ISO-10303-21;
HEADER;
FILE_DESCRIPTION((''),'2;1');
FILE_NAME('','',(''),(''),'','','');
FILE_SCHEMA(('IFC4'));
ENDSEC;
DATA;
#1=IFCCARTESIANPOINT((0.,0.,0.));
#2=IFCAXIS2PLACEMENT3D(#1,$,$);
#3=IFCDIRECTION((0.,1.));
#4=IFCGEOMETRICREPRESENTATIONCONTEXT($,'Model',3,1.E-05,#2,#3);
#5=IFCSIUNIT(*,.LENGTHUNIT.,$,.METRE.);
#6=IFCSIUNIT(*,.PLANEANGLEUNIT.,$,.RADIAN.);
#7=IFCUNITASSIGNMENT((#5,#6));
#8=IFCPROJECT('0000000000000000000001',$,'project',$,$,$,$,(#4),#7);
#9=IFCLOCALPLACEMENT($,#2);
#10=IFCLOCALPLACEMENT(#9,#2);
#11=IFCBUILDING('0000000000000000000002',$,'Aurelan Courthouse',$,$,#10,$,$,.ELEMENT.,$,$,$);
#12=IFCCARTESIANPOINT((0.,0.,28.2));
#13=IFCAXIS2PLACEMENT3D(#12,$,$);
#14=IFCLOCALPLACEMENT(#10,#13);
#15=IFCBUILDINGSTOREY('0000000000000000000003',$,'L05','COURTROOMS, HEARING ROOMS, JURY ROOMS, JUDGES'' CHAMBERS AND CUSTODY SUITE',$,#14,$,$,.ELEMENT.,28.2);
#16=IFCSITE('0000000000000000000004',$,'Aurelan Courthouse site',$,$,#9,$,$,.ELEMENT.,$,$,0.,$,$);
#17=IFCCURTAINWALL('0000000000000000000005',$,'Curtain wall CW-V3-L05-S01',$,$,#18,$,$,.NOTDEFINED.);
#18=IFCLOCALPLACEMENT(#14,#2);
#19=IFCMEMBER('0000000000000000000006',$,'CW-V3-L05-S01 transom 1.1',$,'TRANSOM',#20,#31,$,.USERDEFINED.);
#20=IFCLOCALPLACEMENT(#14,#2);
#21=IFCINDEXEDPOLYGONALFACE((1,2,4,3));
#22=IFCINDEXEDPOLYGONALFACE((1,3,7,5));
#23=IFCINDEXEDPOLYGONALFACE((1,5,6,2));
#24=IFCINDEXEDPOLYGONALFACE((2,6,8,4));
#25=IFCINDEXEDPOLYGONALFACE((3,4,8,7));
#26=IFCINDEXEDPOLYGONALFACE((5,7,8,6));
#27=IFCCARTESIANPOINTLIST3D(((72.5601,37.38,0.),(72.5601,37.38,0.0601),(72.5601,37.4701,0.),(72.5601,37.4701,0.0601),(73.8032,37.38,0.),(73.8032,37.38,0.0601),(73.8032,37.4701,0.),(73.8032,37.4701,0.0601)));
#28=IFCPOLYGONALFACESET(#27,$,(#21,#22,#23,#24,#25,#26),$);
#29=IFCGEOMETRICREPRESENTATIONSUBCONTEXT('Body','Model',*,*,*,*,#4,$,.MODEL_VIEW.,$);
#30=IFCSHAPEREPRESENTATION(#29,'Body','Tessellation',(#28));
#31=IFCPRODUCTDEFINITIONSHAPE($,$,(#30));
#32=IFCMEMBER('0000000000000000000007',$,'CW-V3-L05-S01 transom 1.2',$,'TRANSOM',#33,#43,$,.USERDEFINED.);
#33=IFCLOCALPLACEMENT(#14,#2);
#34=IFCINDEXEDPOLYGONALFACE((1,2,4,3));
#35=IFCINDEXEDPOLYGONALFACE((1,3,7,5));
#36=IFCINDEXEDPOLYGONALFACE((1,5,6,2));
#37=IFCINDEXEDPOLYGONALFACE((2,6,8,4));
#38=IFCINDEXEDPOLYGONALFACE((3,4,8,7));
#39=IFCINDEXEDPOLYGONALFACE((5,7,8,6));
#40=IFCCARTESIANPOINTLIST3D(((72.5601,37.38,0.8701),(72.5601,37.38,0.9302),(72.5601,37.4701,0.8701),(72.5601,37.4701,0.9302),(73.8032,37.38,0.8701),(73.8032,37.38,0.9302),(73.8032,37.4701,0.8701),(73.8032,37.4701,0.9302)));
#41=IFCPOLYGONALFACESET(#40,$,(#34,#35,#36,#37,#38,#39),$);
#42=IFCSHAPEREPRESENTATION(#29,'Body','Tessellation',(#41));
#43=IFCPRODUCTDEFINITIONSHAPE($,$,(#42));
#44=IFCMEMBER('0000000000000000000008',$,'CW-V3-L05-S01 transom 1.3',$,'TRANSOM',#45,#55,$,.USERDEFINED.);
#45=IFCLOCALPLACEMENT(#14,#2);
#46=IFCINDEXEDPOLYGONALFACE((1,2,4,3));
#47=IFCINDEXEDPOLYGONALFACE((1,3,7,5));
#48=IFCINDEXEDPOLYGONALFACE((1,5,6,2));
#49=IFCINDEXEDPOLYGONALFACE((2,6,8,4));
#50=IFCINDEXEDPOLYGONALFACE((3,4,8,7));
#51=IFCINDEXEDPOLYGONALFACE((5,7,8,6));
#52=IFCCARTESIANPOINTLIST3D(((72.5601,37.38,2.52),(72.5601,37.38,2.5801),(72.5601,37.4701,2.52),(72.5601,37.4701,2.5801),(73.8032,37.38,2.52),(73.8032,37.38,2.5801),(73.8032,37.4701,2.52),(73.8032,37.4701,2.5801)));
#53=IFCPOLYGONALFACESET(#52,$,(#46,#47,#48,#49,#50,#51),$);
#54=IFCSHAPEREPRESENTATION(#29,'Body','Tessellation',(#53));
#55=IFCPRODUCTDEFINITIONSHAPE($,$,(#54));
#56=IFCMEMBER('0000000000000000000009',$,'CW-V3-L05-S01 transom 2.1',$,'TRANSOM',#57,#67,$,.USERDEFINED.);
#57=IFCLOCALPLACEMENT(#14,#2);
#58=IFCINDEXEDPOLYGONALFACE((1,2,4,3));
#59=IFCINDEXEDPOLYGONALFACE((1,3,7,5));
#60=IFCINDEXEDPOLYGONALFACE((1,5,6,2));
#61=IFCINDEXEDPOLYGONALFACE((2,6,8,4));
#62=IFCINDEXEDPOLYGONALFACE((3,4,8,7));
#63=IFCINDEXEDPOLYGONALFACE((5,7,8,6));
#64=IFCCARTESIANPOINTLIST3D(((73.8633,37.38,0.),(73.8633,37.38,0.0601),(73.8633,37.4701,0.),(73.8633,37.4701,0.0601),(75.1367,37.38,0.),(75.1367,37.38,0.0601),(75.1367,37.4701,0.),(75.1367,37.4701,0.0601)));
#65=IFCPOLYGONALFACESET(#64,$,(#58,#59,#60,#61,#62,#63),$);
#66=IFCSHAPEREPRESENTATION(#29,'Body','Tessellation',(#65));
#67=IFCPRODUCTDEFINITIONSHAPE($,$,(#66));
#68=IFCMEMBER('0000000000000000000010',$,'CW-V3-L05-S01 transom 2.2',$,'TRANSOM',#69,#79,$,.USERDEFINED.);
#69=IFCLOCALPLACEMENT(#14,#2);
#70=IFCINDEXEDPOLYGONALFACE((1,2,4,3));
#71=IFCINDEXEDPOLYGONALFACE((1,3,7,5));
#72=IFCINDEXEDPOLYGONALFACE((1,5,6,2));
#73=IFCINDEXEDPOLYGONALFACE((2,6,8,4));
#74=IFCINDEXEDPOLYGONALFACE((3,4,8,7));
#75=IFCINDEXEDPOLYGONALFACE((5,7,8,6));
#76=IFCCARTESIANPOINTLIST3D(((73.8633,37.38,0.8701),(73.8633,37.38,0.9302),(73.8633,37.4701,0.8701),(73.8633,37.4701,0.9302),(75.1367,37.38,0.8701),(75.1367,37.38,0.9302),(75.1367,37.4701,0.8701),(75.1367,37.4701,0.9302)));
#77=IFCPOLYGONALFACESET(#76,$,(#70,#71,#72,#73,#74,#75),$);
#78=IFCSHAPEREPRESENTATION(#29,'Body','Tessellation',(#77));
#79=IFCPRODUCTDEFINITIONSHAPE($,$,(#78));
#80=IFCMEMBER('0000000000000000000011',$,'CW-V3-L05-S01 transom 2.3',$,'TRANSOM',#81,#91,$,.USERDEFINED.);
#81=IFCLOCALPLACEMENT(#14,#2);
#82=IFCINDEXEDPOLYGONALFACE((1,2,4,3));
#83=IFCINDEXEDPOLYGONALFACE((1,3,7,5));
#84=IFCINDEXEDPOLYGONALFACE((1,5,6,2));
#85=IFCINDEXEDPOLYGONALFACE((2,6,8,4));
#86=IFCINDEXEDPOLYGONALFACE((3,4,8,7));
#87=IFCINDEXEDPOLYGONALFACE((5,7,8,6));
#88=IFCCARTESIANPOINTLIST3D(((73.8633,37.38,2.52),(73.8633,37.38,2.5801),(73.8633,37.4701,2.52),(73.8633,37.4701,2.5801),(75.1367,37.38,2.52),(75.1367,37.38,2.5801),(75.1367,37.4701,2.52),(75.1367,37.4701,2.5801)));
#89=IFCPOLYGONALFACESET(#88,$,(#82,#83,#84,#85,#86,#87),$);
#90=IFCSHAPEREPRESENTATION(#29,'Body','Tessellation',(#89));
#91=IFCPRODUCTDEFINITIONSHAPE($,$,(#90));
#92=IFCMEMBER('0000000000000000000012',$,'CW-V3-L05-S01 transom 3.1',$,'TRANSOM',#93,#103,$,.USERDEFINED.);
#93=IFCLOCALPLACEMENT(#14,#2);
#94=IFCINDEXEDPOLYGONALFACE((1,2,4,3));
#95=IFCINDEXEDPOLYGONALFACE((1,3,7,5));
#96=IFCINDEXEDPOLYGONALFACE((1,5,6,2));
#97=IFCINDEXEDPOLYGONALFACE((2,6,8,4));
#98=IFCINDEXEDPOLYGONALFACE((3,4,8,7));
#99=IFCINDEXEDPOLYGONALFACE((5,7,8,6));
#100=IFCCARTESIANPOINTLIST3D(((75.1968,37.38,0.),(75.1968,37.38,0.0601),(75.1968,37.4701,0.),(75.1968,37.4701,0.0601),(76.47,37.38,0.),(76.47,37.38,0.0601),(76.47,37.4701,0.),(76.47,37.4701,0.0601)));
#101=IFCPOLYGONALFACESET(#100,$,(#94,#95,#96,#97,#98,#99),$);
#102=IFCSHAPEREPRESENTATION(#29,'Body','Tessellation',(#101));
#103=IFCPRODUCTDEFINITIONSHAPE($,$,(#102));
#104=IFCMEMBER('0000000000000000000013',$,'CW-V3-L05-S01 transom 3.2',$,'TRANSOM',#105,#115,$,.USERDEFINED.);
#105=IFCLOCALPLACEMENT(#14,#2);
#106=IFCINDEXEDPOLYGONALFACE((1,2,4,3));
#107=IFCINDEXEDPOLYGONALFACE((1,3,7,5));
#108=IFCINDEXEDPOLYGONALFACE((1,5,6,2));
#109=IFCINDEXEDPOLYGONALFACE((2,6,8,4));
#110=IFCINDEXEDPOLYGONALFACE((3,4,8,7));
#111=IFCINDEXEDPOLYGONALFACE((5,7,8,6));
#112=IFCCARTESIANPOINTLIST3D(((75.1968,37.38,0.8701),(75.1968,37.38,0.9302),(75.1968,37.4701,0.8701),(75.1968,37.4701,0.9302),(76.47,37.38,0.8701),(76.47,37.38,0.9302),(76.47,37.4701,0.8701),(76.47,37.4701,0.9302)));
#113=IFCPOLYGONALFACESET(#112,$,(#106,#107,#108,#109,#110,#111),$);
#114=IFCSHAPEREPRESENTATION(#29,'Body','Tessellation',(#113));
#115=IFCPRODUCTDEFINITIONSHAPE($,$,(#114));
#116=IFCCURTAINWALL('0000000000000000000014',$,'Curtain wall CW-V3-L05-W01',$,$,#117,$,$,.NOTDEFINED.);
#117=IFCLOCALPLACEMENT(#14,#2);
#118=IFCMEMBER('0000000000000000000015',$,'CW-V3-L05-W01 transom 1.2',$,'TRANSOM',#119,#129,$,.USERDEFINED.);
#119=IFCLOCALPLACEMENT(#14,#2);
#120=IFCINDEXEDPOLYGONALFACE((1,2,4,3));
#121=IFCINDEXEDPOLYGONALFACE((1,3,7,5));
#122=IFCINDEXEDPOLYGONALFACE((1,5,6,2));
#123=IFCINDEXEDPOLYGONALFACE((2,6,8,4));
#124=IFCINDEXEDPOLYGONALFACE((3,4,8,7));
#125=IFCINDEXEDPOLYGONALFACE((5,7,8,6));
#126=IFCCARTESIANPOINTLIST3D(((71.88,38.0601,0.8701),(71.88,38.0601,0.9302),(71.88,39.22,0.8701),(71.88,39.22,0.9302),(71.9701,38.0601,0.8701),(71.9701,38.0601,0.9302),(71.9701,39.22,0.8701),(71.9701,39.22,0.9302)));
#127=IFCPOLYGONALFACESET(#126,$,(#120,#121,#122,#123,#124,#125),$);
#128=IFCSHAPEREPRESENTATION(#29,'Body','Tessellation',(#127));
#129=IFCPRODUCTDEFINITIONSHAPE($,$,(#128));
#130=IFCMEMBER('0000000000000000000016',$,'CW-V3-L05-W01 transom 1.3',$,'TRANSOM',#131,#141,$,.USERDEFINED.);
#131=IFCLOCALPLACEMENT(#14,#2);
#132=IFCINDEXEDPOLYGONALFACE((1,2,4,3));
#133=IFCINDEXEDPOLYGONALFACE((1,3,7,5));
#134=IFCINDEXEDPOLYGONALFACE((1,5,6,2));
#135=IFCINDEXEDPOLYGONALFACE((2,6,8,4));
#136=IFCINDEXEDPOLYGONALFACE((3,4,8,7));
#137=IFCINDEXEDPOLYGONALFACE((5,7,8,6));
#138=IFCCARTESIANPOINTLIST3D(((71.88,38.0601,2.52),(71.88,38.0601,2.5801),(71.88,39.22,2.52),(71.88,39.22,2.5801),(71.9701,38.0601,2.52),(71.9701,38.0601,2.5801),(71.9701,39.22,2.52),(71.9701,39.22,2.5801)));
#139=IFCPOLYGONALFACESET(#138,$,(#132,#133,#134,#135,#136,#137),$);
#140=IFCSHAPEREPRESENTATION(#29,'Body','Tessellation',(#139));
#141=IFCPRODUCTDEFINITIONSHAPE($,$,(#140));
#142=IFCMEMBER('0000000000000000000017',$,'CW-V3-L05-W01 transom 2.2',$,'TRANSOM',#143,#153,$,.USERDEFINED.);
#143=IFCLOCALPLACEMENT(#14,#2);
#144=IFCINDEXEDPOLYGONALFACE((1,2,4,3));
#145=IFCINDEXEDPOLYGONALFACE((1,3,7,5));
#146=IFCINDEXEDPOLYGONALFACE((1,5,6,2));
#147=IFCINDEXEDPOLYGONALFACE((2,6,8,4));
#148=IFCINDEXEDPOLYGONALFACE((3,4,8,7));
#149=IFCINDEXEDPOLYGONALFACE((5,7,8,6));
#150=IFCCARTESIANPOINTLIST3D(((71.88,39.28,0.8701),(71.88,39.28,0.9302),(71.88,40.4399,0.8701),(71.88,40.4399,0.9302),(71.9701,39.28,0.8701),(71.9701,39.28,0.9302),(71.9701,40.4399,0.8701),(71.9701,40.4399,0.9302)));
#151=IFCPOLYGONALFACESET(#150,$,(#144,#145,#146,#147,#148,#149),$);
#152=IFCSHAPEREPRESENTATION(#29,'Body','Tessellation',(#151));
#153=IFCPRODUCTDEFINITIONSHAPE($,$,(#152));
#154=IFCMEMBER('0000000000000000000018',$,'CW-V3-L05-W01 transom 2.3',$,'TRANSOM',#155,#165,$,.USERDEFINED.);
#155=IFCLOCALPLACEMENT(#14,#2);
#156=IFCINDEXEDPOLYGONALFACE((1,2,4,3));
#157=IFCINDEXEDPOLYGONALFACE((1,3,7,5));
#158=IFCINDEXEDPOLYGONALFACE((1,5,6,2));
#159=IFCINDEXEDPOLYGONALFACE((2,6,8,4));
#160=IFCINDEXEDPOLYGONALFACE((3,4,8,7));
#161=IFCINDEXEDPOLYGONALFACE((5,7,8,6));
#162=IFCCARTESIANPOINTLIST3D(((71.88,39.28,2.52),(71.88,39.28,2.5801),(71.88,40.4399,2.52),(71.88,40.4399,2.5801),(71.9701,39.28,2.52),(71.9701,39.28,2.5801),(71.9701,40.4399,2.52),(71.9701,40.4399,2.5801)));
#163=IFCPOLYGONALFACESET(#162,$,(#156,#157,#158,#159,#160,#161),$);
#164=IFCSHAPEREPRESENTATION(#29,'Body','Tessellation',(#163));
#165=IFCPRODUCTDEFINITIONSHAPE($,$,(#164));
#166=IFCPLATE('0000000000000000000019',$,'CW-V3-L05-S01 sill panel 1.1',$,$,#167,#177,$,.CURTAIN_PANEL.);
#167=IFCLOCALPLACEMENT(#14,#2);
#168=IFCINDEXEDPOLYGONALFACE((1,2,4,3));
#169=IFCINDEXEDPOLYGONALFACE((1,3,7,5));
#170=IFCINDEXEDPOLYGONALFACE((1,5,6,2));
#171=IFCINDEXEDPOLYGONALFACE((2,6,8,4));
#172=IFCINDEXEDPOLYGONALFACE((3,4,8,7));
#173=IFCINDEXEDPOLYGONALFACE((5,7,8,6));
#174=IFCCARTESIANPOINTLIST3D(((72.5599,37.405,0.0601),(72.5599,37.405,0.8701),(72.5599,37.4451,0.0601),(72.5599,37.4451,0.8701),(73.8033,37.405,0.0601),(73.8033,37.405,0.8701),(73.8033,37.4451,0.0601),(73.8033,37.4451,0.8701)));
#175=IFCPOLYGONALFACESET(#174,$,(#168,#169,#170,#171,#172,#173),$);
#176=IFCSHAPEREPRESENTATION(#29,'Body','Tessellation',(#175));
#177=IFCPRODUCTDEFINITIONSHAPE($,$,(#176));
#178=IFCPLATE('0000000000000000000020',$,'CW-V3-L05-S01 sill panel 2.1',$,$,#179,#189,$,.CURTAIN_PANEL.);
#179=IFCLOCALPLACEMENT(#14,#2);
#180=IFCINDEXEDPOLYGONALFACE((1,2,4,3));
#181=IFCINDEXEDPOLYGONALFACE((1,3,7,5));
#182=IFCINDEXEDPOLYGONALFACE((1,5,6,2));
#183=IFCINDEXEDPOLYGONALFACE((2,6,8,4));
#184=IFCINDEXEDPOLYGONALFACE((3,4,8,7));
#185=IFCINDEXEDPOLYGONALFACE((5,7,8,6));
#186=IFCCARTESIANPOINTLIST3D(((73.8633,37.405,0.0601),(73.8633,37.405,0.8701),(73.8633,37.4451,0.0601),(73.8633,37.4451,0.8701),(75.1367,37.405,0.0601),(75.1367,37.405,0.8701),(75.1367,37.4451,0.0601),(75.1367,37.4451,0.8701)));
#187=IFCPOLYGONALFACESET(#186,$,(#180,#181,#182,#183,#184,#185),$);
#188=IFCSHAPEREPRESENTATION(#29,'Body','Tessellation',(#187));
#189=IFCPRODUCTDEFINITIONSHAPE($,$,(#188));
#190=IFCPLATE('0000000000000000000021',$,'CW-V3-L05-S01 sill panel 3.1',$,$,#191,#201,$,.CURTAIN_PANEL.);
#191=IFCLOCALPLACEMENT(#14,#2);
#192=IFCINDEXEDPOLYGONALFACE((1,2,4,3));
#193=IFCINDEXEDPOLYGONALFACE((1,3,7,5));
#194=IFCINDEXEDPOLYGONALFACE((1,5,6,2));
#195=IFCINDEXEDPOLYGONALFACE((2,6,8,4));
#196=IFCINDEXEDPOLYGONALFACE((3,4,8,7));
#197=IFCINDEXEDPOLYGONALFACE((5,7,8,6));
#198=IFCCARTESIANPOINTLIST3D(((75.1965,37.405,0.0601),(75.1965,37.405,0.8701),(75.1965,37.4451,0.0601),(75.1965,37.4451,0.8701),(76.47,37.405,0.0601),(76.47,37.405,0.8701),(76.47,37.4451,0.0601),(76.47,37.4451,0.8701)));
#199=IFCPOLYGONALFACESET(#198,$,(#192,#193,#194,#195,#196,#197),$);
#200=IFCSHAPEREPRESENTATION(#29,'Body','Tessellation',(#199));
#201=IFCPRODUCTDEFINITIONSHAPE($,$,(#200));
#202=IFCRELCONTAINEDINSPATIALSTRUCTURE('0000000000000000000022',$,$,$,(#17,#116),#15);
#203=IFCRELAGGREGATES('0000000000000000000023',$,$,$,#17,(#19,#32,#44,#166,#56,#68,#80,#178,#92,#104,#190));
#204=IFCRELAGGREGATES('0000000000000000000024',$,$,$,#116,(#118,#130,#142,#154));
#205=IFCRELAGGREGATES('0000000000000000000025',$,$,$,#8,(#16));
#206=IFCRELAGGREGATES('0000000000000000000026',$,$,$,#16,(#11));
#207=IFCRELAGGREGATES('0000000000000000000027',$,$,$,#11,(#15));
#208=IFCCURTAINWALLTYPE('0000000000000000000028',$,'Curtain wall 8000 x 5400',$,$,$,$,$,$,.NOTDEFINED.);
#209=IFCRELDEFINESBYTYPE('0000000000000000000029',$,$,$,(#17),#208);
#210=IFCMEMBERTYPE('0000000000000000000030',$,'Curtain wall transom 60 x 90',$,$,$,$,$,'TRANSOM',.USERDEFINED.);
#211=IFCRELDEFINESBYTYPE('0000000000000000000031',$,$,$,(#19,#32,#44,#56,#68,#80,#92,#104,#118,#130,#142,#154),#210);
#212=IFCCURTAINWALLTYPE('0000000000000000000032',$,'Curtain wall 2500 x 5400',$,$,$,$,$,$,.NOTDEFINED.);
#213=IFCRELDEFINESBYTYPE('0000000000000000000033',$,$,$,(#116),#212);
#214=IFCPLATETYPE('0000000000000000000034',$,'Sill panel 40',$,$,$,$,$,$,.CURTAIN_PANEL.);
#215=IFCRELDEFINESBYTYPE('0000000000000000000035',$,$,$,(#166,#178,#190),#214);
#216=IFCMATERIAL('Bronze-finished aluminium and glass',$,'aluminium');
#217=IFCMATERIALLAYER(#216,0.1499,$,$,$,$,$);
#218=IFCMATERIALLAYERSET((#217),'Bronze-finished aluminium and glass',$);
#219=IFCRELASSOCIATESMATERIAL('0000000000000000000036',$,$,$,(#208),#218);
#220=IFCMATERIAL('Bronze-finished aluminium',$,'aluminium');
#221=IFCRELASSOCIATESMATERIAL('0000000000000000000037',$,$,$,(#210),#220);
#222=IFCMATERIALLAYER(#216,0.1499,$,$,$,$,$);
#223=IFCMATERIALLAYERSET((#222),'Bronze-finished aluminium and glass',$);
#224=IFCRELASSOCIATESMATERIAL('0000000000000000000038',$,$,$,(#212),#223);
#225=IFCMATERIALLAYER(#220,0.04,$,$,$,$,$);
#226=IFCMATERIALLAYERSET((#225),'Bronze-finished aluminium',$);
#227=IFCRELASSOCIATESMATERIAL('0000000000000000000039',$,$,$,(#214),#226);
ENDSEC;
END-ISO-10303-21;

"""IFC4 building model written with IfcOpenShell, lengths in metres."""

from ifc_helpers import new_model, si_unit, direction, frame, origin, origin_2d, place, context, subcontext, project, spatial, rectangle, extrude, material, layer, layer_set, material_profile, profile_set, type_object, element, aggregate, save


model = new_model("IFC4")

# Units and contexts
model_context = context("Model", 3, precision=1e-05, world=origin(), true_north=direction((0.0, 1.0)))
body_context = subcontext(model_context, "Body", "Model", "MODEL_VIEW")
ifc_project = project(units=[si_unit("LENGTHUNIT", "METRE"), si_unit("PLANEANGLEUNIT", "RADIAN")], contexts=[model_context])

# Site, building, storey
site_placement = place(None, origin())
site = spatial("IfcSite", under=ifc_project, at=site_placement, Name="Aurelan Courthouse site", CompositionType="ELEMENT", RefElevation=0.0)
building_placement = place(site_placement, origin())
building = spatial("IfcBuilding", under=site, at=building_placement, Name="Aurelan Courthouse", CompositionType="ELEMENT")
storey_placement = place(building_placement, frame((0.0, 0.0, 28.2)))
storey = spatial("IfcBuildingStorey", under=building, at=storey_placement, Name="L05", Description="COURTROOMS, HEARING ROOMS, JURY ROOMS, JUDGES' CHAMBERS AND CUSTODY SUITE", CompositionType="ELEMENT", Elevation=28.2)

# Curtain walls, members
ifc_material_1 = material(Name="Bronze-finished aluminium and glass", Category="aluminium")
ifc_layer_1 = layer(ifc_material_1, 0.1499)
ifc_layer_set_1 = layer_set([ifc_layer_1], Name="Bronze-finished aluminium and glass")
curtain_wall_type_1 = type_object("IfcCurtainWallType", Name="Curtain wall 8000 x 5400", PredefinedType="NOTDEFINED", material=ifc_layer_set_1)
curtain_wall_1_placement = place(storey_placement, origin())
curtain_wall_1 = element("IfcCurtainWall", 1, at=curtain_wall_1_placement, inside=storey, type_object=curtain_wall_type_1, Name="Curtain wall CW-V3-L05-S01", PredefinedType="NOTDEFINED")
ifc_material_2 = material(Name="Bronze-finished aluminium", Category="aluminium")
ifc_material_profile = material_profile(ifc_material_2, rectangle(XDim=0.0901, YDim=0.0601, at=origin_2d()), Name="Bronze transom 60 x 90")
ifc_profile_set = profile_set([ifc_material_profile], Name="Bronze-finished aluminium")
member_type = type_object("IfcMemberType", Name="Curtain wall transom 60 x 90", ElementType="TRANSOM", PredefinedType="USERDEFINED", material=ifc_profile_set)
member_1_placement = place(storey_placement, frame((72.5601, 37.425, 0.03), z_axis=(1.0, 0.0, 0.0), x_axis=(0.0, 1.0, 0.0)))
member_1 = element("IfcMember", 2, at=member_1_placement, type_object=member_type, Name="CW-V3-L05-S01 transom 1.1", ObjectType="TRANSOM", PredefinedType="USERDEFINED", context=body_context, shape_type="SweptSolid", body=[
    extrude(rectangle(XDim=0.0901, YDim=0.0601, at=origin_2d()), origin(), (0.0, 0.0, 1.0), 1.2432),
])
member_2_placement = place(storey_placement, frame((72.5601, 37.425, 0.9001), z_axis=(1.0, 0.0, 0.0), x_axis=(0.0, 1.0, 0.0)))
member_2 = element("IfcMember", 3, at=member_2_placement, type_object=member_type, Name="CW-V3-L05-S01 transom 1.2", ObjectType="TRANSOM", PredefinedType="USERDEFINED", context=body_context, shape_type="SweptSolid", body=[
    extrude(rectangle(XDim=0.0901, YDim=0.0601, at=origin_2d()), origin(), (0.0, 0.0, 1.0), 1.2432),
])
member_3_placement = place(storey_placement, frame((72.5601, 37.425, 2.55), z_axis=(1.0, 0.0, 0.0), x_axis=(0.0, 1.0, 0.0)))
member_3 = element("IfcMember", 4, at=member_3_placement, type_object=member_type, Name="CW-V3-L05-S01 transom 1.3", ObjectType="TRANSOM", PredefinedType="USERDEFINED", context=body_context, shape_type="SweptSolid", body=[
    extrude(rectangle(XDim=0.0901, YDim=0.0601, at=origin_2d()), origin(), (0.0, 0.0, 1.0), 1.2432),
])
member_4_placement = place(storey_placement, frame((73.8633, 37.425, 0.03), z_axis=(1.0, 0.0, 0.0), x_axis=(0.0, 1.0, 0.0)))
member_4 = element("IfcMember", 5, at=member_4_placement, type_object=member_type, Name="CW-V3-L05-S01 transom 2.1", ObjectType="TRANSOM", PredefinedType="USERDEFINED", context=body_context, shape_type="SweptSolid", body=[
    extrude(rectangle(XDim=0.0901, YDim=0.0601, at=origin_2d()), origin(), (0.0, 0.0, 1.0), 1.2734),
])
member_5_placement = place(storey_placement, frame((73.8633, 37.425, 0.9001), z_axis=(1.0, 0.0, 0.0), x_axis=(0.0, 1.0, 0.0)))
member_5 = element("IfcMember", 6, at=member_5_placement, type_object=member_type, Name="CW-V3-L05-S01 transom 2.2", ObjectType="TRANSOM", PredefinedType="USERDEFINED", context=body_context, shape_type="SweptSolid", body=[
    extrude(rectangle(XDim=0.0901, YDim=0.0601, at=origin_2d()), origin(), (0.0, 0.0, 1.0), 1.2734),
])
member_6_placement = place(storey_placement, frame((73.8633, 37.425, 2.55), z_axis=(1.0, 0.0, 0.0), x_axis=(0.0, 1.0, 0.0)))
member_6 = element("IfcMember", 7, at=member_6_placement, type_object=member_type, Name="CW-V3-L05-S01 transom 2.3", ObjectType="TRANSOM", PredefinedType="USERDEFINED", context=body_context, shape_type="SweptSolid", body=[
    extrude(rectangle(XDim=0.0901, YDim=0.0601, at=origin_2d()), origin(), (0.0, 0.0, 1.0), 1.2734),
])
member_7_placement = place(storey_placement, frame((75.1968, 37.425, 0.03), z_axis=(1.0, 0.0, 0.0), x_axis=(0.0, 1.0, 0.0)))
member_7 = element("IfcMember", 8, at=member_7_placement, type_object=member_type, Name="CW-V3-L05-S01 transom 3.1", ObjectType="TRANSOM", PredefinedType="USERDEFINED", context=body_context, shape_type="SweptSolid", body=[
    extrude(rectangle(XDim=0.0901, YDim=0.0601, at=origin_2d()), origin(), (0.0, 0.0, 1.0), 1.2732),
])
member_8_placement = place(storey_placement, frame((75.1968, 37.425, 0.9001), z_axis=(1.0, 0.0, 0.0), x_axis=(0.0, 1.0, 0.0)))
member_8 = element("IfcMember", 9, at=member_8_placement, type_object=member_type, Name="CW-V3-L05-S01 transom 3.2", ObjectType="TRANSOM", PredefinedType="USERDEFINED", context=body_context, shape_type="SweptSolid", body=[
    extrude(rectangle(XDim=0.0901, YDim=0.0601, at=origin_2d()), origin(), (0.0, 0.0, 1.0), 1.2732),
])
ifc_layer_2 = layer(ifc_material_1, 0.1499)
ifc_layer_set_2 = layer_set([ifc_layer_2], Name="Bronze-finished aluminium and glass")
curtain_wall_type_2 = type_object("IfcCurtainWallType", Name="Curtain wall 2500 x 5400", PredefinedType="NOTDEFINED", material=ifc_layer_set_2)
curtain_wall_2_placement = place(storey_placement, origin())
curtain_wall_2 = element("IfcCurtainWall", 10, at=curtain_wall_2_placement, inside=storey, type_object=curtain_wall_type_2, Name="Curtain wall CW-V3-L05-W01", PredefinedType="NOTDEFINED")
member_9_placement = place(storey_placement, frame((71.925, 38.0601, 0.9001), z_axis=(0.0, 1.0, 0.0), x_axis=(-1.0, 0.0, 0.0)))
member_9 = element("IfcMember", 11, at=member_9_placement, type_object=member_type, Name="CW-V3-L05-W01 transom 1.2", ObjectType="TRANSOM", PredefinedType="USERDEFINED", context=body_context, shape_type="SweptSolid", body=[
    extrude(rectangle(XDim=0.0901, YDim=0.0601, at=origin_2d()), origin(), (0.0, 0.0, 1.0), 1.1599),
])
member_10_placement = place(storey_placement, frame((71.925, 38.0601, 2.55), z_axis=(0.0, 1.0, 0.0), x_axis=(-1.0, 0.0, 0.0)))
member_10 = element("IfcMember", 12, at=member_10_placement, type_object=member_type, Name="CW-V3-L05-W01 transom 1.3", ObjectType="TRANSOM", PredefinedType="USERDEFINED", context=body_context, shape_type="SweptSolid", body=[
    extrude(rectangle(XDim=0.0901, YDim=0.0601, at=origin_2d()), origin(), (0.0, 0.0, 1.0), 1.1599),
])
member_11_placement = place(storey_placement, frame((71.925, 39.28, 0.9001), z_axis=(0.0, 1.0, 0.0), x_axis=(-1.0, 0.0, 0.0)))
member_11 = element("IfcMember", 13, at=member_11_placement, type_object=member_type, Name="CW-V3-L05-W01 transom 2.2", ObjectType="TRANSOM", PredefinedType="USERDEFINED", context=body_context, shape_type="SweptSolid", body=[
    extrude(rectangle(XDim=0.0901, YDim=0.0601, at=origin_2d()), origin(), (0.0, 0.0, 1.0), 1.1599),
])
member_12_placement = place(storey_placement, frame((71.925, 39.28, 2.55), z_axis=(0.0, 1.0, 0.0), x_axis=(-1.0, 0.0, 0.0)))
member_12 = element("IfcMember", 14, at=member_12_placement, type_object=member_type, Name="CW-V3-L05-W01 transom 2.3", ObjectType="TRANSOM", PredefinedType="USERDEFINED", context=body_context, shape_type="SweptSolid", body=[
    extrude(rectangle(XDim=0.0901, YDim=0.0601, at=origin_2d()), origin(), (0.0, 0.0, 1.0), 1.1599),
])

# Plates
ifc_layer_3 = layer(ifc_material_2, 0.04)
ifc_layer_set_3 = layer_set([ifc_layer_3], Name="Bronze-finished aluminium")
plate_type_1 = type_object("IfcPlateType", Name="Sill panel 40", PredefinedType="CURTAIN_PANEL", material=ifc_layer_set_3)
plate_1_placement = place(storey_placement, frame((73.1816, 37.425, 0.0601), z_axis=(0.0, 0.0, 1.0), x_axis=(1.0, 0.0, 0.0)))
plate_1 = element("IfcPlate", 15, at=plate_1_placement, type_object=plate_type_1, Name="CW-V3-L05-S01 sill panel 1.1", PredefinedType="CURTAIN_PANEL", context=body_context, shape_type="SweptSolid", body=[
    extrude(rectangle(XDim=1.2434, YDim=0.04, at=origin_2d()), origin(), (0.0, 0.0, 1.0), 0.8101),
])
plate_2_placement = place(storey_placement, frame((74.5, 37.425, 0.0601), z_axis=(0.0, 0.0, 1.0), x_axis=(1.0, 0.0, 0.0)))
plate_2 = element("IfcPlate", 16, at=plate_2_placement, type_object=plate_type_1, Name="CW-V3-L05-S01 sill panel 2.1", PredefinedType="CURTAIN_PANEL", context=body_context, shape_type="SweptSolid", body=[
    extrude(rectangle(XDim=1.2734, YDim=0.04, at=origin_2d()), origin(), (0.0, 0.0, 1.0), 0.8101),
])
plate_3_placement = place(storey_placement, frame((75.8333, 37.425, 0.0601), z_axis=(0.0, 0.0, 1.0), x_axis=(1.0, 0.0, 0.0)))
plate_3 = element("IfcPlate", 17, at=plate_3_placement, type_object=plate_type_1, Name="CW-V3-L05-S01 sill panel 3.1", PredefinedType="CURTAIN_PANEL", context=body_context, shape_type="SweptSolid", body=[
    extrude(rectangle(XDim=1.2734, YDim=0.04, at=origin_2d()), origin(), (0.0, 0.0, 1.0), 0.8101),
])
aggregate(curtain_wall_1, [member_1, member_2, member_3, plate_1, member_4, member_5, member_6, plate_2, member_7, member_8, plate_3])
aggregate(curtain_wall_2, [member_9, member_10, member_11, member_12])

save(model, "model.ifc")
